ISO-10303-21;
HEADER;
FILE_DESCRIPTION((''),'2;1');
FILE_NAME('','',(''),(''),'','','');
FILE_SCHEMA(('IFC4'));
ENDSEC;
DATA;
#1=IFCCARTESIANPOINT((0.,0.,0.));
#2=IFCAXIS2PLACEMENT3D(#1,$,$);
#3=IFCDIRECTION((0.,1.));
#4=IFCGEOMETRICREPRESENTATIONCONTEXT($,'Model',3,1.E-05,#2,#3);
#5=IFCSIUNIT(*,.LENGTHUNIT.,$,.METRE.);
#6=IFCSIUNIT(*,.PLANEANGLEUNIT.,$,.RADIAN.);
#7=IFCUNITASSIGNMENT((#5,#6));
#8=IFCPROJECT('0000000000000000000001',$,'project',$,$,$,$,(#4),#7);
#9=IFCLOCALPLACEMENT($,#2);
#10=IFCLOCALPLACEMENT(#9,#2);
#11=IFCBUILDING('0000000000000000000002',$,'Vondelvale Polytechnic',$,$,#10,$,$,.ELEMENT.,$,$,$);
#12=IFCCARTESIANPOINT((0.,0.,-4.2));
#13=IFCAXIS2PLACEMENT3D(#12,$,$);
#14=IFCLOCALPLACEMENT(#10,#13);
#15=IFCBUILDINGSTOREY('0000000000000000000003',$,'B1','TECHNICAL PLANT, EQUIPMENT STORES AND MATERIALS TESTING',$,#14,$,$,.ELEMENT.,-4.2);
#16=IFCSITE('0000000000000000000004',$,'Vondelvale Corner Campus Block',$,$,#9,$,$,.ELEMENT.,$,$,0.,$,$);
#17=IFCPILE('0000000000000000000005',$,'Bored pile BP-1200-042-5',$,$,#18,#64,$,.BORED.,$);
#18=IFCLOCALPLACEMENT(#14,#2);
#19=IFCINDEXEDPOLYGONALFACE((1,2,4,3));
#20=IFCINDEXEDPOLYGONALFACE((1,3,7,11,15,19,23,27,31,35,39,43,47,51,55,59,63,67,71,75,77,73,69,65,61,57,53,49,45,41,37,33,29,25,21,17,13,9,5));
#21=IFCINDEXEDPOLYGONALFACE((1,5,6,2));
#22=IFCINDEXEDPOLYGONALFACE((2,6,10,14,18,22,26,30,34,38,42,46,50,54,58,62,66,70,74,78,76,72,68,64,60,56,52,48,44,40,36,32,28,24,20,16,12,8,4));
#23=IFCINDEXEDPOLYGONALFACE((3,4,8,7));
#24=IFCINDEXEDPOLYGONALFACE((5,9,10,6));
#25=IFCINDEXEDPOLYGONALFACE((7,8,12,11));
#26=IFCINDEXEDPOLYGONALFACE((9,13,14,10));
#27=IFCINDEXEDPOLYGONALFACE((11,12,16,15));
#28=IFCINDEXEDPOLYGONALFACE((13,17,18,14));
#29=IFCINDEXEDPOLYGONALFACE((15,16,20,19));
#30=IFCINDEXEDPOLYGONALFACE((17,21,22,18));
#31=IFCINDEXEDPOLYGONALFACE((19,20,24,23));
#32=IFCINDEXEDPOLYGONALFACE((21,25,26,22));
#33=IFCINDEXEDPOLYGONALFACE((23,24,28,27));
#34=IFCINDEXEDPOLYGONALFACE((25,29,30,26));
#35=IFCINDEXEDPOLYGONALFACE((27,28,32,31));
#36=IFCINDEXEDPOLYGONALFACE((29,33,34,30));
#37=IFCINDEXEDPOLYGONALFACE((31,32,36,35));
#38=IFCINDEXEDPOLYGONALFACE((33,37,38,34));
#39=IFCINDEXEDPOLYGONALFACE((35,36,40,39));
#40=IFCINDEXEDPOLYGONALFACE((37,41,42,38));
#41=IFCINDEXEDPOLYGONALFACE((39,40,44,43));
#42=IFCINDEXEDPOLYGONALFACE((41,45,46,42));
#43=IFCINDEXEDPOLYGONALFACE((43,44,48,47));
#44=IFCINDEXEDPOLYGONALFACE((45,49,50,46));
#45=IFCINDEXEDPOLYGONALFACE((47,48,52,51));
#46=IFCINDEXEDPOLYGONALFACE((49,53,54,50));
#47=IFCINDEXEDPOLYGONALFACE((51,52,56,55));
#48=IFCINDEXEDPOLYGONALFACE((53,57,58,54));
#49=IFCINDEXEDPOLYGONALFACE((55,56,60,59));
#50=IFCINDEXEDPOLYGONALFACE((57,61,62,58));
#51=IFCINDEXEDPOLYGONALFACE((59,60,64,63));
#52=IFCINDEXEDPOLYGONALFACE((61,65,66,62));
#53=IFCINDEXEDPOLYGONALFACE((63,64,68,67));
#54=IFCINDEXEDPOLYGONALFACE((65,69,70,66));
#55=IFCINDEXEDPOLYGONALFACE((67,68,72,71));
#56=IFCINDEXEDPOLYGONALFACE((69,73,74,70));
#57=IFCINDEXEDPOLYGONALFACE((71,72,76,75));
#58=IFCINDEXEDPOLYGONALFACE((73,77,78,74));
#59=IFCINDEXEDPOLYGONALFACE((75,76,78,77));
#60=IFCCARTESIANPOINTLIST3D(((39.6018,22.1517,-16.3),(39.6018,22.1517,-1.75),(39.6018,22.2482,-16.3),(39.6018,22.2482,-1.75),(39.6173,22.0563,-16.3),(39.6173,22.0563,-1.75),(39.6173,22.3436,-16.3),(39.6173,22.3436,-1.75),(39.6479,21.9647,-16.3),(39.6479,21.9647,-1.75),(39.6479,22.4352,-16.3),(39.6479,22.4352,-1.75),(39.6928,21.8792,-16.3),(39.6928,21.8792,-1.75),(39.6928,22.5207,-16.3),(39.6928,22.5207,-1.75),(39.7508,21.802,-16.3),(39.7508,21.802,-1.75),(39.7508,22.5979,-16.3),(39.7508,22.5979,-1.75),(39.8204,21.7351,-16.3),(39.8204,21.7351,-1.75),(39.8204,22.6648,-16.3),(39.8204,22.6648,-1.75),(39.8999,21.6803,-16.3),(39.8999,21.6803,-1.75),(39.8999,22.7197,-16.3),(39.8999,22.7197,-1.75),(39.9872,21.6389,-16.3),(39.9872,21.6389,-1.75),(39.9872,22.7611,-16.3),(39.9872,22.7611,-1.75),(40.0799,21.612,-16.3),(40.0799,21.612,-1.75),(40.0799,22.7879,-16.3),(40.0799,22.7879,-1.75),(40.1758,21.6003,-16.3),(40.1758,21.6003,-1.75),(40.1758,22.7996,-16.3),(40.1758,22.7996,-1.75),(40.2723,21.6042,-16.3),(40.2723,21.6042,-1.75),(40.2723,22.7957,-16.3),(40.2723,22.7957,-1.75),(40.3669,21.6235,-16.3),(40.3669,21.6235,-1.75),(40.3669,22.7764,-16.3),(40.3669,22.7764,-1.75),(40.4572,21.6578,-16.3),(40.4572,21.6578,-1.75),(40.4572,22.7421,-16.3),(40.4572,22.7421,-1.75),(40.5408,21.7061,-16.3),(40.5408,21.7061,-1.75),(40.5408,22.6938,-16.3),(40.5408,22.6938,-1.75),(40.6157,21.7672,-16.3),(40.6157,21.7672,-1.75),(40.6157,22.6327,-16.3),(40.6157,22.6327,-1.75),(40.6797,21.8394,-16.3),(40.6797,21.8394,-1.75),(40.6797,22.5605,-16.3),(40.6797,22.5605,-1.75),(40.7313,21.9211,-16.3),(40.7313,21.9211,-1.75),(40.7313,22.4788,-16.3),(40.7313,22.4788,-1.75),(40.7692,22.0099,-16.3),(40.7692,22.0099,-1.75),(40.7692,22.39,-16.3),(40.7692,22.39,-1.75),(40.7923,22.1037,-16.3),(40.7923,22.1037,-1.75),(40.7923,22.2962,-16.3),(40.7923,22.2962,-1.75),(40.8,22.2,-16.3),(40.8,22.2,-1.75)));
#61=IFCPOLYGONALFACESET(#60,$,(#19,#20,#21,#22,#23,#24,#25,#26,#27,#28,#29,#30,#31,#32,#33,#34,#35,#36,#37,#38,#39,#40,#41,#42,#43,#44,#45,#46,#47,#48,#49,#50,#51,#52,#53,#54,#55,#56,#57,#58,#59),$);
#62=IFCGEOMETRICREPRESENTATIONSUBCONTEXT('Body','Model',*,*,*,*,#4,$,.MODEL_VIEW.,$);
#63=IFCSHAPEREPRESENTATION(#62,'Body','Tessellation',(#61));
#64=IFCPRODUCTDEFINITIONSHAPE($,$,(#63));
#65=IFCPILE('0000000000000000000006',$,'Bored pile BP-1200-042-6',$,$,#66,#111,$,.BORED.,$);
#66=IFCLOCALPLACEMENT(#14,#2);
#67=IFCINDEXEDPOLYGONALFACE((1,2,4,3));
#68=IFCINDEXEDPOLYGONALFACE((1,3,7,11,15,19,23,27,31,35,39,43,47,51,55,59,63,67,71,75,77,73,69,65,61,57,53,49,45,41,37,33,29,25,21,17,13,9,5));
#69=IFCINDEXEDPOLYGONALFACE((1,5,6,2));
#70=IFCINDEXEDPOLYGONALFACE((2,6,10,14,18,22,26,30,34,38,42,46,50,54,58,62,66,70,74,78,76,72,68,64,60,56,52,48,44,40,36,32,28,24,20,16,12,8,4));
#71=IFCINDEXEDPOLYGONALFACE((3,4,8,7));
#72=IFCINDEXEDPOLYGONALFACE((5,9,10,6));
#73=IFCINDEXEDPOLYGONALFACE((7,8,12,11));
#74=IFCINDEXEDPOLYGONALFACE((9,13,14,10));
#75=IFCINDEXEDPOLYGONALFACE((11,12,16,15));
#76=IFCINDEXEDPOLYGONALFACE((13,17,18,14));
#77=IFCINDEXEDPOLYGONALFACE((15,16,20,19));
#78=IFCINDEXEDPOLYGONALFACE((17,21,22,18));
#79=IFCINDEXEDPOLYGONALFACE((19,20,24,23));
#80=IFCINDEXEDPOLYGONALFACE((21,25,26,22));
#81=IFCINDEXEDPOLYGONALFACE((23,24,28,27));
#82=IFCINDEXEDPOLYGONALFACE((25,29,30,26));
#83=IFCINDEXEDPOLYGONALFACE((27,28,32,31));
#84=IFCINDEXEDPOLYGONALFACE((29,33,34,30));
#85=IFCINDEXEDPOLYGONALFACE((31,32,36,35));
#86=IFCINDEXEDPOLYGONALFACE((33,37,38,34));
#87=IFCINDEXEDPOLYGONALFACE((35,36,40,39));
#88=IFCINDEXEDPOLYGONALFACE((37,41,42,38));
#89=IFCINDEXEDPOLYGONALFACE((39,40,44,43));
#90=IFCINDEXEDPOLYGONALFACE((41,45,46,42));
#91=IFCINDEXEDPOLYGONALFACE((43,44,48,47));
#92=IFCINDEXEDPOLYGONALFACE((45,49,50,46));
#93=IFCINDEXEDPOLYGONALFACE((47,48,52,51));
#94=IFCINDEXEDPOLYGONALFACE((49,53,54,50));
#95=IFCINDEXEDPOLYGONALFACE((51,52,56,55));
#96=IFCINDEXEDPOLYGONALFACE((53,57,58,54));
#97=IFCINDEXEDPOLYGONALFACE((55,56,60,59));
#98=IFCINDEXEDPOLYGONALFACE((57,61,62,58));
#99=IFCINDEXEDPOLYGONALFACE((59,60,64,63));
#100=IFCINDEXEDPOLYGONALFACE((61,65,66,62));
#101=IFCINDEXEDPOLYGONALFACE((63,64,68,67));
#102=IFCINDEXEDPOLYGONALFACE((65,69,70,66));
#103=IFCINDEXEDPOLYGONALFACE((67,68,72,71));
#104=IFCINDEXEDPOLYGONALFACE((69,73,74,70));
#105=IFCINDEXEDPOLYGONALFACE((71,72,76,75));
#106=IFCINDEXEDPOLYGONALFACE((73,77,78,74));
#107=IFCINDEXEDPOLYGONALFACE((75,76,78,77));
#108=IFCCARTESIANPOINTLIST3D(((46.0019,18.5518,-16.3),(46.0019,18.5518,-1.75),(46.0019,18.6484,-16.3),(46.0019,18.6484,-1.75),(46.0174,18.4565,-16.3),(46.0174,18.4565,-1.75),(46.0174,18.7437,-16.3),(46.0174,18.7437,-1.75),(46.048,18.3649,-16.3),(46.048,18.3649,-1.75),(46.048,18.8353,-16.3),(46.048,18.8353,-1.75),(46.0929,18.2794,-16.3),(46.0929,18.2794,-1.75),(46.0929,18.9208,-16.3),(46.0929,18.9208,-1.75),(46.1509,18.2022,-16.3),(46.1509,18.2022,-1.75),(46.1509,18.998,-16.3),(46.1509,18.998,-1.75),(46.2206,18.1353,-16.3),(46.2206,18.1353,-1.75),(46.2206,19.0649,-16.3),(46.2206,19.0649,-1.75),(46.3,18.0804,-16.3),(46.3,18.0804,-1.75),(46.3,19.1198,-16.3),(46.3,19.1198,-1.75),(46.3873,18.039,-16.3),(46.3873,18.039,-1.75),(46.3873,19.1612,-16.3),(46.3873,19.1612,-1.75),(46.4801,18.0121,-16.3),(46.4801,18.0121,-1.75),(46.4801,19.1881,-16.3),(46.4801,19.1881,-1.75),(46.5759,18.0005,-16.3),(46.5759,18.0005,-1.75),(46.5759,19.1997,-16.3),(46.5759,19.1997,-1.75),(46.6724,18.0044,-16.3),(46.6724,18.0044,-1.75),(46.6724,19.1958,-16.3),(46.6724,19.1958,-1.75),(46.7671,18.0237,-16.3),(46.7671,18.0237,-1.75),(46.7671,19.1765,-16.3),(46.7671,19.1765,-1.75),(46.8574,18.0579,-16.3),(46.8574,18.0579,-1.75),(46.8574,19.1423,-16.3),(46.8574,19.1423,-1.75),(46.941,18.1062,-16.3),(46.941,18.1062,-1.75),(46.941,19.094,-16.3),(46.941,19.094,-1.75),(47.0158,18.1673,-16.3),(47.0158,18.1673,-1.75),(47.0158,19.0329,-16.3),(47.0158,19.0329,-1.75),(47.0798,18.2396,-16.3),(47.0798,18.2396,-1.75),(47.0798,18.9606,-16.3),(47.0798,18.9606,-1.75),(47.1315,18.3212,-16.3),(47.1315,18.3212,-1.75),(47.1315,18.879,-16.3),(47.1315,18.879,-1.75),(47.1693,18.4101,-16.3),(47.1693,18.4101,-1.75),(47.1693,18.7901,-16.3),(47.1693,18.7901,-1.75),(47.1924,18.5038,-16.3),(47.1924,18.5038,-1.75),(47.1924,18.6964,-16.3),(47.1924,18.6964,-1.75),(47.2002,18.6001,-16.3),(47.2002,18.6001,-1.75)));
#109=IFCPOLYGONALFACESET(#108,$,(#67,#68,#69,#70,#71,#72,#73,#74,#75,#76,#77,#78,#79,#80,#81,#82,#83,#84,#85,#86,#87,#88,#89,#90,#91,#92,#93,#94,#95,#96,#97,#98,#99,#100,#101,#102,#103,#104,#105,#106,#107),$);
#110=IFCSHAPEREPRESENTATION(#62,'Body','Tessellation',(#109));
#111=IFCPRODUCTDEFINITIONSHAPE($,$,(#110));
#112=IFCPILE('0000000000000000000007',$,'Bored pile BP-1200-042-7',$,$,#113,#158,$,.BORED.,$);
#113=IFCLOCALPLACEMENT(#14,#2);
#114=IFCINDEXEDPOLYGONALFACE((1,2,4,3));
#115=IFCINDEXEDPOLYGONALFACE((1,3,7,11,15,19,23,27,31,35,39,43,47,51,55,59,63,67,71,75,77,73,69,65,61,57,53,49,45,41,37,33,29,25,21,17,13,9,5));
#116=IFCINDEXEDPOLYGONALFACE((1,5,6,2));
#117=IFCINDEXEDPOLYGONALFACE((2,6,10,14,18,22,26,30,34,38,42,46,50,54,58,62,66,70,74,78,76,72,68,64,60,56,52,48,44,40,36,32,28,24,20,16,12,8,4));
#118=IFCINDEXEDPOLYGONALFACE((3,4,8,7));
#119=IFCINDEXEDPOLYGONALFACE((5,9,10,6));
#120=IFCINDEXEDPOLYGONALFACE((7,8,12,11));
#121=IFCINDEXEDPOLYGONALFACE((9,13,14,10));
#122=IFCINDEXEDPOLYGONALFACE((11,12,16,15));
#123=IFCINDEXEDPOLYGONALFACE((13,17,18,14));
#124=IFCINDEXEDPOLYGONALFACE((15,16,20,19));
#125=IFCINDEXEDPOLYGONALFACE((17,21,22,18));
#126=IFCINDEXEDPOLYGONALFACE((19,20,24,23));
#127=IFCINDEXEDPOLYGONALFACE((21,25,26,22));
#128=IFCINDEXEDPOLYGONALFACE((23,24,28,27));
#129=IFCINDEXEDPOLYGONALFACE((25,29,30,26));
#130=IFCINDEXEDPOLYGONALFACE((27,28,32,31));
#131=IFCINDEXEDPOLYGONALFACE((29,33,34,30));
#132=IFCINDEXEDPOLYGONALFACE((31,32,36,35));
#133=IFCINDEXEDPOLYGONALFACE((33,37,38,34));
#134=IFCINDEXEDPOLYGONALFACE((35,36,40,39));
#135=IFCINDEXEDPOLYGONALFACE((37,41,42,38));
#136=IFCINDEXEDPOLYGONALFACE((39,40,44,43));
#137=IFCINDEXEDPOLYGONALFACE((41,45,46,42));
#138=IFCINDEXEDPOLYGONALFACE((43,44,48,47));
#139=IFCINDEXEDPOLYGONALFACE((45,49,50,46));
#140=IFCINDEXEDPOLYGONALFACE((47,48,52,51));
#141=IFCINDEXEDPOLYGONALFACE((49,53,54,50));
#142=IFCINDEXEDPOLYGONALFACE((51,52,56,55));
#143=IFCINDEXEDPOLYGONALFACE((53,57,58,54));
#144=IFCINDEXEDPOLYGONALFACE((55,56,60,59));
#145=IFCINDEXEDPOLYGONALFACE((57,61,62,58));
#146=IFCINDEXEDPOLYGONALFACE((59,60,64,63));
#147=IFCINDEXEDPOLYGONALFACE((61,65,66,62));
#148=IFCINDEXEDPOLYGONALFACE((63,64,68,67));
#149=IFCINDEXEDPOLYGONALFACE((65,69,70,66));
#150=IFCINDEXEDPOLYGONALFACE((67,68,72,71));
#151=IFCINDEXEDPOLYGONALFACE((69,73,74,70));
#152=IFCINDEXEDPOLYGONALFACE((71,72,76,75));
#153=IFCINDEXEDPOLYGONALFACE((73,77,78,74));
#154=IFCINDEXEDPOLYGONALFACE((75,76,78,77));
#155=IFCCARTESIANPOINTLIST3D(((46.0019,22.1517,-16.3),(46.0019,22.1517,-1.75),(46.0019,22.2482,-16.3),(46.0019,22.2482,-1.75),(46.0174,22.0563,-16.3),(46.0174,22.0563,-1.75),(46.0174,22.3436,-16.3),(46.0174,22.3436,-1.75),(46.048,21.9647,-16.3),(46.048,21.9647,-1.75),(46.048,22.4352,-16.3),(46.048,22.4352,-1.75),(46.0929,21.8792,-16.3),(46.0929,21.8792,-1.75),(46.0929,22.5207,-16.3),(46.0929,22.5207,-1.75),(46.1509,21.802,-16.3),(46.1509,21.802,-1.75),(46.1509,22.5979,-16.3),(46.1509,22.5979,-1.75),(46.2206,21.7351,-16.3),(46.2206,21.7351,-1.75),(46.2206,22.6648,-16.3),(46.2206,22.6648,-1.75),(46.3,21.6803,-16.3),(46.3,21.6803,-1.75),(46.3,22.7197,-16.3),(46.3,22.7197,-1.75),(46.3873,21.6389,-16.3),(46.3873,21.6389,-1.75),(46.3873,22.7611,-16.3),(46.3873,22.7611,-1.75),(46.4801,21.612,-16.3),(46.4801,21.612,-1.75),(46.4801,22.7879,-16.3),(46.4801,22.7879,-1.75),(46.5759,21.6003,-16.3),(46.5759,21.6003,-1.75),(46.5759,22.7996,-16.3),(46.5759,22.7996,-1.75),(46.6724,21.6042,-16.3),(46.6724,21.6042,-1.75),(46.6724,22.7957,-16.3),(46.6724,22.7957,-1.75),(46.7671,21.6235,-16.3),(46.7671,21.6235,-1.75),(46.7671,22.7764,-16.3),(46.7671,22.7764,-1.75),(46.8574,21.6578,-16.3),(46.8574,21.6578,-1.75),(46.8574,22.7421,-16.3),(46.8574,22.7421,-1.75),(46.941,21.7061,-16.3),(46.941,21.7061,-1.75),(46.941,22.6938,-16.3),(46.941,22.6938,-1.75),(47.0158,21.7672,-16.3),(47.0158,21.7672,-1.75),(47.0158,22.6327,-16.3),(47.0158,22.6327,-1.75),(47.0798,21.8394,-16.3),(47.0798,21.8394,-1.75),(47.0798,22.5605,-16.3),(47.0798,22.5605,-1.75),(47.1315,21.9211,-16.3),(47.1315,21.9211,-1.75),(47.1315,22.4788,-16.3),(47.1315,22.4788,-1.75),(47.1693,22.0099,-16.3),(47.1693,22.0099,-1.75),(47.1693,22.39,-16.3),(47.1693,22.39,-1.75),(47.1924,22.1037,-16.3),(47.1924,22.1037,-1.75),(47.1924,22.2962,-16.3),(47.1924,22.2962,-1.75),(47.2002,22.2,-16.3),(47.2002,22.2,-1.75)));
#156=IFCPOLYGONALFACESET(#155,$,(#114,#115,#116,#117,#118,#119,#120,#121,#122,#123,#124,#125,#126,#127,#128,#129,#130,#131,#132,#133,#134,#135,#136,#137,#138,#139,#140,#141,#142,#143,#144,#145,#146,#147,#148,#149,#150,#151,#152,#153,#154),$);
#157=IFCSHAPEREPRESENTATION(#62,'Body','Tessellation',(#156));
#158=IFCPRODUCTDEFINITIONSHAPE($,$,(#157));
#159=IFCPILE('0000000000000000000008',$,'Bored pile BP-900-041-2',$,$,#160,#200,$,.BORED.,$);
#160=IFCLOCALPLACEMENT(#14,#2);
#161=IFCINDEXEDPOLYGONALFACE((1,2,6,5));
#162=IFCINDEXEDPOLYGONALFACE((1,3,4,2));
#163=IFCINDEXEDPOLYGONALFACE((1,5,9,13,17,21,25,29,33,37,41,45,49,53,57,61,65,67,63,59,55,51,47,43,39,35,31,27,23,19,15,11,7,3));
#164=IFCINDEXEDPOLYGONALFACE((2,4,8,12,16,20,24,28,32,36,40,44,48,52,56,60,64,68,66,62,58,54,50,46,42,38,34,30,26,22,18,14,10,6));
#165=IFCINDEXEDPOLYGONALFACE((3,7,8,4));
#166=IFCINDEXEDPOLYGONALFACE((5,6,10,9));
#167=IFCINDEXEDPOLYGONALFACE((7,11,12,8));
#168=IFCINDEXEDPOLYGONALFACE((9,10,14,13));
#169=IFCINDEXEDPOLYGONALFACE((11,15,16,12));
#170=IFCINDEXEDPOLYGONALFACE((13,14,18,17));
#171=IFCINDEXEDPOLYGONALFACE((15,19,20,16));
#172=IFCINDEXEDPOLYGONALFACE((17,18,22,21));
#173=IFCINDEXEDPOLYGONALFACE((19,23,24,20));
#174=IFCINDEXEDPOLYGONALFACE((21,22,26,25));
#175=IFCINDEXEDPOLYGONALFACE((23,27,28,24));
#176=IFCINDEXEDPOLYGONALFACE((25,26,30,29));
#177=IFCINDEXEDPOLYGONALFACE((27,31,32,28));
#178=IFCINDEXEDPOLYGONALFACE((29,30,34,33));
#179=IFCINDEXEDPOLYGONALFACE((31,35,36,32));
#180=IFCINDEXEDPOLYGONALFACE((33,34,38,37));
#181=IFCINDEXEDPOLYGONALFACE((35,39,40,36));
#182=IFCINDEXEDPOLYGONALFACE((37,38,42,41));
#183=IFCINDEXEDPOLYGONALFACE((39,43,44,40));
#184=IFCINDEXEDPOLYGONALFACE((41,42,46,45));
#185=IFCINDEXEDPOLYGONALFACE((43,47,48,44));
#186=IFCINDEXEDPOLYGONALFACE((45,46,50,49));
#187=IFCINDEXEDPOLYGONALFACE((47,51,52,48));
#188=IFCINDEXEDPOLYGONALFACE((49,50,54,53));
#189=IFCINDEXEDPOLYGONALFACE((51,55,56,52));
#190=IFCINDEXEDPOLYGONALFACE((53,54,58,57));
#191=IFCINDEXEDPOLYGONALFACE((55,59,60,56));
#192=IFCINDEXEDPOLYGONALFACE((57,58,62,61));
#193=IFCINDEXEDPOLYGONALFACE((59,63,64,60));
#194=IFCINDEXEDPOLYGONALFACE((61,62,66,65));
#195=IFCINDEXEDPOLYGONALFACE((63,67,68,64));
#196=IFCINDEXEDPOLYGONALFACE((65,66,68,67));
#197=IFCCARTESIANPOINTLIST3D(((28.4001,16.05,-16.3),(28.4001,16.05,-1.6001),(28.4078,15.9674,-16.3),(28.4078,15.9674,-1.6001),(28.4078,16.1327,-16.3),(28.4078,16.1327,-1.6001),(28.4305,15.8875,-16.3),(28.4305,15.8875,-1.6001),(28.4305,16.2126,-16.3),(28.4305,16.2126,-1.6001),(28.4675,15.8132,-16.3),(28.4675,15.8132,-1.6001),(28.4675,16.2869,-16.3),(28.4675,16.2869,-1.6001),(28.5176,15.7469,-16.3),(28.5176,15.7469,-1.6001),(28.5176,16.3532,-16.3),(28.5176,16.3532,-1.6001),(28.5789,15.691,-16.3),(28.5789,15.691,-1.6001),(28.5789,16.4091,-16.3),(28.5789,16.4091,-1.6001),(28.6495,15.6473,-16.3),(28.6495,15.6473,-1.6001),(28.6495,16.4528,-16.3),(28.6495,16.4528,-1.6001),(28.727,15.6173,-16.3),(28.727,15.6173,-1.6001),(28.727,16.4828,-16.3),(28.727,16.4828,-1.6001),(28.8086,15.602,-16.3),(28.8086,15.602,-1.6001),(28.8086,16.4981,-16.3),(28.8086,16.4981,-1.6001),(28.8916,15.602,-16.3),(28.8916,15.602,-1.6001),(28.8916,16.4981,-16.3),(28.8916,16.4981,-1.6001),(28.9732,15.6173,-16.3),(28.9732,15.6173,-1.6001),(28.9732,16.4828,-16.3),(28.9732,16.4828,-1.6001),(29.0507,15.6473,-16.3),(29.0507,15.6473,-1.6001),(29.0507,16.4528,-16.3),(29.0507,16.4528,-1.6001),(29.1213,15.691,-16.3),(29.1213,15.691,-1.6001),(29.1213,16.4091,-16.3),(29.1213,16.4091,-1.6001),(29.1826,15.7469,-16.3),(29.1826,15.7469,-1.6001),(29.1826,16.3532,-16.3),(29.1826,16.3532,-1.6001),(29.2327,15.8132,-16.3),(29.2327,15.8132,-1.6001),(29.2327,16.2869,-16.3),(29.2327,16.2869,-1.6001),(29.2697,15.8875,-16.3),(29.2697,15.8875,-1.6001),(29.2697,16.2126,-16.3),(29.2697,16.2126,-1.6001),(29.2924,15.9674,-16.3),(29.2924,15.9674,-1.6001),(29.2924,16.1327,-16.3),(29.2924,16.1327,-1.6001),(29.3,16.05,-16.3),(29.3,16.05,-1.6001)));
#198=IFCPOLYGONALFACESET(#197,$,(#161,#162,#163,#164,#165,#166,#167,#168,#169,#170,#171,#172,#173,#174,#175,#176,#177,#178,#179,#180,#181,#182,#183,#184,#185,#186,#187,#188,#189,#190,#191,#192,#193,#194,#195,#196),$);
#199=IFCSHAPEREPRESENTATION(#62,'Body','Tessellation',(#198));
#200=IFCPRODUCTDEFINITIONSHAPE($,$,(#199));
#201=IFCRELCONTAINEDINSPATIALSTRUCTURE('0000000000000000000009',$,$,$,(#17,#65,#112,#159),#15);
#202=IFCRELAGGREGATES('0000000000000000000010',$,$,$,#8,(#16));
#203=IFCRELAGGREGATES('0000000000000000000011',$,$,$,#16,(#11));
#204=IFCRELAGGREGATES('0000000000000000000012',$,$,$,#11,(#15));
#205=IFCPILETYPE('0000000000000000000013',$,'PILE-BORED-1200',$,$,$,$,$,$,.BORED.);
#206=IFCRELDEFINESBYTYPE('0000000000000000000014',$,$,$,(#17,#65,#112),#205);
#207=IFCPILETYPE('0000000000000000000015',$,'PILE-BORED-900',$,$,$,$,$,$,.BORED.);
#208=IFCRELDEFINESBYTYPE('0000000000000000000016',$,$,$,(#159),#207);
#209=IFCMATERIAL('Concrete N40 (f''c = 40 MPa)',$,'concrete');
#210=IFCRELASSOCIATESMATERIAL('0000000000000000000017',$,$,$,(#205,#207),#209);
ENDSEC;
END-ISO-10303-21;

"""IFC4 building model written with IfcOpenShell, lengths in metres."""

from ifc_helpers import new_model, si_unit, direction, frame, origin, origin_2d, place, context, subcontext, project, spatial, circle, extrude, material, material_profile, profile_set, type_object, element, save


model = new_model("IFC4")

# Units and contexts
model_context = context("Model", 3, precision=1e-05, world=origin(), true_north=direction((0.0, 1.0)))
body_context = subcontext(model_context, "Body", "Model", "MODEL_VIEW")
ifc_project = project(units=[si_unit("LENGTHUNIT", "METRE"), si_unit("PLANEANGLEUNIT", "RADIAN")], contexts=[model_context])

# Site, building, storey
site_placement = place(None, origin())
site = spatial("IfcSite", under=ifc_project, at=site_placement, Name="Vondelvale Corner Campus Block", CompositionType="ELEMENT", RefElevation=0.0)
building_placement = place(site_placement, origin())
building = spatial("IfcBuilding", under=site, at=building_placement, Name="Vondelvale Polytechnic", CompositionType="ELEMENT")
storey_placement = place(building_placement, frame((0.0, 0.0, -4.2)))
storey = spatial("IfcBuildingStorey", under=building, at=storey_placement, Name="B1", Description="TECHNICAL PLANT, EQUIPMENT STORES AND MATERIALS TESTING", CompositionType="ELEMENT", Elevation=-4.2)

# Shared definitions
ifc_material_1 = material(Name="Concrete N40 (f'c = 40 MPa)", Category="concrete")

# Piles
ifc_material_profile_1 = material_profile(ifc_material_1, circle(Radius=0.6001, at=origin_2d()), Name="PILE-D1200")
ifc_profile_set_1 = profile_set([ifc_material_profile_1], Name="Concrete N40 (f'c = 40 MPa)")
pile_type_1 = type_object("IfcPileType", Name="PILE-BORED-1200", PredefinedType="BORED", material=ifc_profile_set_1)
for number, where, z_axis, x_axis, name in (
    (1, (40.2, 22.2, -1.75), (0.0, 0.0, -1.0), (1.0, 0.0, 0.0), "Bored pile BP-1200-042-5"),
    (2, (46.6001, 18.6001, -1.75), (0.0, 0.0, -1.0), (1.0, 0.0, 0.0), "Bored pile BP-1200-042-6"),
    (3, (46.6001, 22.2, -1.75), (0.0, 0.0, -1.0), (1.0, 0.0, 0.0), "Bored pile BP-1200-042-7"),
):
    element("IfcPile", number, at=place(storey_placement, frame(where, z_axis=z_axis, x_axis=x_axis)), inside=storey, type_object=pile_type_1, Name=name, PredefinedType="BORED", context=body_context, shape_type="SweptSolid", body=[
        extrude(circle(Radius=0.6001, at=origin_2d()), origin(), (0.0, 0.0, 1.0), 14.55),
    ])
ifc_material_profile_2 = material_profile(ifc_material_1, circle(Radius=0.45, at=origin_2d()), Name="PILE-D900")
ifc_profile_set_2 = profile_set([ifc_material_profile_2], Name="Concrete N40 (f'c = 40 MPa)")
pile_type_2 = type_object("IfcPileType", Name="PILE-BORED-900", PredefinedType="BORED", material=ifc_profile_set_2)
pile_placement = place(storey_placement, frame((28.8501, 16.05, -1.6001), z_axis=(0.0, 0.0, -1.0), x_axis=(1.0, 0.0, 0.0)))
element("IfcPile", 4, at=pile_placement, inside=storey, type_object=pile_type_2, Name="Bored pile BP-900-041-2", PredefinedType="BORED", context=body_context, shape_type="SweptSolid", body=[
    extrude(circle(Radius=0.45, at=origin_2d()), origin(), (0.0, 0.0, 1.0), 14.7),
])

save(model, "model.ifc")
